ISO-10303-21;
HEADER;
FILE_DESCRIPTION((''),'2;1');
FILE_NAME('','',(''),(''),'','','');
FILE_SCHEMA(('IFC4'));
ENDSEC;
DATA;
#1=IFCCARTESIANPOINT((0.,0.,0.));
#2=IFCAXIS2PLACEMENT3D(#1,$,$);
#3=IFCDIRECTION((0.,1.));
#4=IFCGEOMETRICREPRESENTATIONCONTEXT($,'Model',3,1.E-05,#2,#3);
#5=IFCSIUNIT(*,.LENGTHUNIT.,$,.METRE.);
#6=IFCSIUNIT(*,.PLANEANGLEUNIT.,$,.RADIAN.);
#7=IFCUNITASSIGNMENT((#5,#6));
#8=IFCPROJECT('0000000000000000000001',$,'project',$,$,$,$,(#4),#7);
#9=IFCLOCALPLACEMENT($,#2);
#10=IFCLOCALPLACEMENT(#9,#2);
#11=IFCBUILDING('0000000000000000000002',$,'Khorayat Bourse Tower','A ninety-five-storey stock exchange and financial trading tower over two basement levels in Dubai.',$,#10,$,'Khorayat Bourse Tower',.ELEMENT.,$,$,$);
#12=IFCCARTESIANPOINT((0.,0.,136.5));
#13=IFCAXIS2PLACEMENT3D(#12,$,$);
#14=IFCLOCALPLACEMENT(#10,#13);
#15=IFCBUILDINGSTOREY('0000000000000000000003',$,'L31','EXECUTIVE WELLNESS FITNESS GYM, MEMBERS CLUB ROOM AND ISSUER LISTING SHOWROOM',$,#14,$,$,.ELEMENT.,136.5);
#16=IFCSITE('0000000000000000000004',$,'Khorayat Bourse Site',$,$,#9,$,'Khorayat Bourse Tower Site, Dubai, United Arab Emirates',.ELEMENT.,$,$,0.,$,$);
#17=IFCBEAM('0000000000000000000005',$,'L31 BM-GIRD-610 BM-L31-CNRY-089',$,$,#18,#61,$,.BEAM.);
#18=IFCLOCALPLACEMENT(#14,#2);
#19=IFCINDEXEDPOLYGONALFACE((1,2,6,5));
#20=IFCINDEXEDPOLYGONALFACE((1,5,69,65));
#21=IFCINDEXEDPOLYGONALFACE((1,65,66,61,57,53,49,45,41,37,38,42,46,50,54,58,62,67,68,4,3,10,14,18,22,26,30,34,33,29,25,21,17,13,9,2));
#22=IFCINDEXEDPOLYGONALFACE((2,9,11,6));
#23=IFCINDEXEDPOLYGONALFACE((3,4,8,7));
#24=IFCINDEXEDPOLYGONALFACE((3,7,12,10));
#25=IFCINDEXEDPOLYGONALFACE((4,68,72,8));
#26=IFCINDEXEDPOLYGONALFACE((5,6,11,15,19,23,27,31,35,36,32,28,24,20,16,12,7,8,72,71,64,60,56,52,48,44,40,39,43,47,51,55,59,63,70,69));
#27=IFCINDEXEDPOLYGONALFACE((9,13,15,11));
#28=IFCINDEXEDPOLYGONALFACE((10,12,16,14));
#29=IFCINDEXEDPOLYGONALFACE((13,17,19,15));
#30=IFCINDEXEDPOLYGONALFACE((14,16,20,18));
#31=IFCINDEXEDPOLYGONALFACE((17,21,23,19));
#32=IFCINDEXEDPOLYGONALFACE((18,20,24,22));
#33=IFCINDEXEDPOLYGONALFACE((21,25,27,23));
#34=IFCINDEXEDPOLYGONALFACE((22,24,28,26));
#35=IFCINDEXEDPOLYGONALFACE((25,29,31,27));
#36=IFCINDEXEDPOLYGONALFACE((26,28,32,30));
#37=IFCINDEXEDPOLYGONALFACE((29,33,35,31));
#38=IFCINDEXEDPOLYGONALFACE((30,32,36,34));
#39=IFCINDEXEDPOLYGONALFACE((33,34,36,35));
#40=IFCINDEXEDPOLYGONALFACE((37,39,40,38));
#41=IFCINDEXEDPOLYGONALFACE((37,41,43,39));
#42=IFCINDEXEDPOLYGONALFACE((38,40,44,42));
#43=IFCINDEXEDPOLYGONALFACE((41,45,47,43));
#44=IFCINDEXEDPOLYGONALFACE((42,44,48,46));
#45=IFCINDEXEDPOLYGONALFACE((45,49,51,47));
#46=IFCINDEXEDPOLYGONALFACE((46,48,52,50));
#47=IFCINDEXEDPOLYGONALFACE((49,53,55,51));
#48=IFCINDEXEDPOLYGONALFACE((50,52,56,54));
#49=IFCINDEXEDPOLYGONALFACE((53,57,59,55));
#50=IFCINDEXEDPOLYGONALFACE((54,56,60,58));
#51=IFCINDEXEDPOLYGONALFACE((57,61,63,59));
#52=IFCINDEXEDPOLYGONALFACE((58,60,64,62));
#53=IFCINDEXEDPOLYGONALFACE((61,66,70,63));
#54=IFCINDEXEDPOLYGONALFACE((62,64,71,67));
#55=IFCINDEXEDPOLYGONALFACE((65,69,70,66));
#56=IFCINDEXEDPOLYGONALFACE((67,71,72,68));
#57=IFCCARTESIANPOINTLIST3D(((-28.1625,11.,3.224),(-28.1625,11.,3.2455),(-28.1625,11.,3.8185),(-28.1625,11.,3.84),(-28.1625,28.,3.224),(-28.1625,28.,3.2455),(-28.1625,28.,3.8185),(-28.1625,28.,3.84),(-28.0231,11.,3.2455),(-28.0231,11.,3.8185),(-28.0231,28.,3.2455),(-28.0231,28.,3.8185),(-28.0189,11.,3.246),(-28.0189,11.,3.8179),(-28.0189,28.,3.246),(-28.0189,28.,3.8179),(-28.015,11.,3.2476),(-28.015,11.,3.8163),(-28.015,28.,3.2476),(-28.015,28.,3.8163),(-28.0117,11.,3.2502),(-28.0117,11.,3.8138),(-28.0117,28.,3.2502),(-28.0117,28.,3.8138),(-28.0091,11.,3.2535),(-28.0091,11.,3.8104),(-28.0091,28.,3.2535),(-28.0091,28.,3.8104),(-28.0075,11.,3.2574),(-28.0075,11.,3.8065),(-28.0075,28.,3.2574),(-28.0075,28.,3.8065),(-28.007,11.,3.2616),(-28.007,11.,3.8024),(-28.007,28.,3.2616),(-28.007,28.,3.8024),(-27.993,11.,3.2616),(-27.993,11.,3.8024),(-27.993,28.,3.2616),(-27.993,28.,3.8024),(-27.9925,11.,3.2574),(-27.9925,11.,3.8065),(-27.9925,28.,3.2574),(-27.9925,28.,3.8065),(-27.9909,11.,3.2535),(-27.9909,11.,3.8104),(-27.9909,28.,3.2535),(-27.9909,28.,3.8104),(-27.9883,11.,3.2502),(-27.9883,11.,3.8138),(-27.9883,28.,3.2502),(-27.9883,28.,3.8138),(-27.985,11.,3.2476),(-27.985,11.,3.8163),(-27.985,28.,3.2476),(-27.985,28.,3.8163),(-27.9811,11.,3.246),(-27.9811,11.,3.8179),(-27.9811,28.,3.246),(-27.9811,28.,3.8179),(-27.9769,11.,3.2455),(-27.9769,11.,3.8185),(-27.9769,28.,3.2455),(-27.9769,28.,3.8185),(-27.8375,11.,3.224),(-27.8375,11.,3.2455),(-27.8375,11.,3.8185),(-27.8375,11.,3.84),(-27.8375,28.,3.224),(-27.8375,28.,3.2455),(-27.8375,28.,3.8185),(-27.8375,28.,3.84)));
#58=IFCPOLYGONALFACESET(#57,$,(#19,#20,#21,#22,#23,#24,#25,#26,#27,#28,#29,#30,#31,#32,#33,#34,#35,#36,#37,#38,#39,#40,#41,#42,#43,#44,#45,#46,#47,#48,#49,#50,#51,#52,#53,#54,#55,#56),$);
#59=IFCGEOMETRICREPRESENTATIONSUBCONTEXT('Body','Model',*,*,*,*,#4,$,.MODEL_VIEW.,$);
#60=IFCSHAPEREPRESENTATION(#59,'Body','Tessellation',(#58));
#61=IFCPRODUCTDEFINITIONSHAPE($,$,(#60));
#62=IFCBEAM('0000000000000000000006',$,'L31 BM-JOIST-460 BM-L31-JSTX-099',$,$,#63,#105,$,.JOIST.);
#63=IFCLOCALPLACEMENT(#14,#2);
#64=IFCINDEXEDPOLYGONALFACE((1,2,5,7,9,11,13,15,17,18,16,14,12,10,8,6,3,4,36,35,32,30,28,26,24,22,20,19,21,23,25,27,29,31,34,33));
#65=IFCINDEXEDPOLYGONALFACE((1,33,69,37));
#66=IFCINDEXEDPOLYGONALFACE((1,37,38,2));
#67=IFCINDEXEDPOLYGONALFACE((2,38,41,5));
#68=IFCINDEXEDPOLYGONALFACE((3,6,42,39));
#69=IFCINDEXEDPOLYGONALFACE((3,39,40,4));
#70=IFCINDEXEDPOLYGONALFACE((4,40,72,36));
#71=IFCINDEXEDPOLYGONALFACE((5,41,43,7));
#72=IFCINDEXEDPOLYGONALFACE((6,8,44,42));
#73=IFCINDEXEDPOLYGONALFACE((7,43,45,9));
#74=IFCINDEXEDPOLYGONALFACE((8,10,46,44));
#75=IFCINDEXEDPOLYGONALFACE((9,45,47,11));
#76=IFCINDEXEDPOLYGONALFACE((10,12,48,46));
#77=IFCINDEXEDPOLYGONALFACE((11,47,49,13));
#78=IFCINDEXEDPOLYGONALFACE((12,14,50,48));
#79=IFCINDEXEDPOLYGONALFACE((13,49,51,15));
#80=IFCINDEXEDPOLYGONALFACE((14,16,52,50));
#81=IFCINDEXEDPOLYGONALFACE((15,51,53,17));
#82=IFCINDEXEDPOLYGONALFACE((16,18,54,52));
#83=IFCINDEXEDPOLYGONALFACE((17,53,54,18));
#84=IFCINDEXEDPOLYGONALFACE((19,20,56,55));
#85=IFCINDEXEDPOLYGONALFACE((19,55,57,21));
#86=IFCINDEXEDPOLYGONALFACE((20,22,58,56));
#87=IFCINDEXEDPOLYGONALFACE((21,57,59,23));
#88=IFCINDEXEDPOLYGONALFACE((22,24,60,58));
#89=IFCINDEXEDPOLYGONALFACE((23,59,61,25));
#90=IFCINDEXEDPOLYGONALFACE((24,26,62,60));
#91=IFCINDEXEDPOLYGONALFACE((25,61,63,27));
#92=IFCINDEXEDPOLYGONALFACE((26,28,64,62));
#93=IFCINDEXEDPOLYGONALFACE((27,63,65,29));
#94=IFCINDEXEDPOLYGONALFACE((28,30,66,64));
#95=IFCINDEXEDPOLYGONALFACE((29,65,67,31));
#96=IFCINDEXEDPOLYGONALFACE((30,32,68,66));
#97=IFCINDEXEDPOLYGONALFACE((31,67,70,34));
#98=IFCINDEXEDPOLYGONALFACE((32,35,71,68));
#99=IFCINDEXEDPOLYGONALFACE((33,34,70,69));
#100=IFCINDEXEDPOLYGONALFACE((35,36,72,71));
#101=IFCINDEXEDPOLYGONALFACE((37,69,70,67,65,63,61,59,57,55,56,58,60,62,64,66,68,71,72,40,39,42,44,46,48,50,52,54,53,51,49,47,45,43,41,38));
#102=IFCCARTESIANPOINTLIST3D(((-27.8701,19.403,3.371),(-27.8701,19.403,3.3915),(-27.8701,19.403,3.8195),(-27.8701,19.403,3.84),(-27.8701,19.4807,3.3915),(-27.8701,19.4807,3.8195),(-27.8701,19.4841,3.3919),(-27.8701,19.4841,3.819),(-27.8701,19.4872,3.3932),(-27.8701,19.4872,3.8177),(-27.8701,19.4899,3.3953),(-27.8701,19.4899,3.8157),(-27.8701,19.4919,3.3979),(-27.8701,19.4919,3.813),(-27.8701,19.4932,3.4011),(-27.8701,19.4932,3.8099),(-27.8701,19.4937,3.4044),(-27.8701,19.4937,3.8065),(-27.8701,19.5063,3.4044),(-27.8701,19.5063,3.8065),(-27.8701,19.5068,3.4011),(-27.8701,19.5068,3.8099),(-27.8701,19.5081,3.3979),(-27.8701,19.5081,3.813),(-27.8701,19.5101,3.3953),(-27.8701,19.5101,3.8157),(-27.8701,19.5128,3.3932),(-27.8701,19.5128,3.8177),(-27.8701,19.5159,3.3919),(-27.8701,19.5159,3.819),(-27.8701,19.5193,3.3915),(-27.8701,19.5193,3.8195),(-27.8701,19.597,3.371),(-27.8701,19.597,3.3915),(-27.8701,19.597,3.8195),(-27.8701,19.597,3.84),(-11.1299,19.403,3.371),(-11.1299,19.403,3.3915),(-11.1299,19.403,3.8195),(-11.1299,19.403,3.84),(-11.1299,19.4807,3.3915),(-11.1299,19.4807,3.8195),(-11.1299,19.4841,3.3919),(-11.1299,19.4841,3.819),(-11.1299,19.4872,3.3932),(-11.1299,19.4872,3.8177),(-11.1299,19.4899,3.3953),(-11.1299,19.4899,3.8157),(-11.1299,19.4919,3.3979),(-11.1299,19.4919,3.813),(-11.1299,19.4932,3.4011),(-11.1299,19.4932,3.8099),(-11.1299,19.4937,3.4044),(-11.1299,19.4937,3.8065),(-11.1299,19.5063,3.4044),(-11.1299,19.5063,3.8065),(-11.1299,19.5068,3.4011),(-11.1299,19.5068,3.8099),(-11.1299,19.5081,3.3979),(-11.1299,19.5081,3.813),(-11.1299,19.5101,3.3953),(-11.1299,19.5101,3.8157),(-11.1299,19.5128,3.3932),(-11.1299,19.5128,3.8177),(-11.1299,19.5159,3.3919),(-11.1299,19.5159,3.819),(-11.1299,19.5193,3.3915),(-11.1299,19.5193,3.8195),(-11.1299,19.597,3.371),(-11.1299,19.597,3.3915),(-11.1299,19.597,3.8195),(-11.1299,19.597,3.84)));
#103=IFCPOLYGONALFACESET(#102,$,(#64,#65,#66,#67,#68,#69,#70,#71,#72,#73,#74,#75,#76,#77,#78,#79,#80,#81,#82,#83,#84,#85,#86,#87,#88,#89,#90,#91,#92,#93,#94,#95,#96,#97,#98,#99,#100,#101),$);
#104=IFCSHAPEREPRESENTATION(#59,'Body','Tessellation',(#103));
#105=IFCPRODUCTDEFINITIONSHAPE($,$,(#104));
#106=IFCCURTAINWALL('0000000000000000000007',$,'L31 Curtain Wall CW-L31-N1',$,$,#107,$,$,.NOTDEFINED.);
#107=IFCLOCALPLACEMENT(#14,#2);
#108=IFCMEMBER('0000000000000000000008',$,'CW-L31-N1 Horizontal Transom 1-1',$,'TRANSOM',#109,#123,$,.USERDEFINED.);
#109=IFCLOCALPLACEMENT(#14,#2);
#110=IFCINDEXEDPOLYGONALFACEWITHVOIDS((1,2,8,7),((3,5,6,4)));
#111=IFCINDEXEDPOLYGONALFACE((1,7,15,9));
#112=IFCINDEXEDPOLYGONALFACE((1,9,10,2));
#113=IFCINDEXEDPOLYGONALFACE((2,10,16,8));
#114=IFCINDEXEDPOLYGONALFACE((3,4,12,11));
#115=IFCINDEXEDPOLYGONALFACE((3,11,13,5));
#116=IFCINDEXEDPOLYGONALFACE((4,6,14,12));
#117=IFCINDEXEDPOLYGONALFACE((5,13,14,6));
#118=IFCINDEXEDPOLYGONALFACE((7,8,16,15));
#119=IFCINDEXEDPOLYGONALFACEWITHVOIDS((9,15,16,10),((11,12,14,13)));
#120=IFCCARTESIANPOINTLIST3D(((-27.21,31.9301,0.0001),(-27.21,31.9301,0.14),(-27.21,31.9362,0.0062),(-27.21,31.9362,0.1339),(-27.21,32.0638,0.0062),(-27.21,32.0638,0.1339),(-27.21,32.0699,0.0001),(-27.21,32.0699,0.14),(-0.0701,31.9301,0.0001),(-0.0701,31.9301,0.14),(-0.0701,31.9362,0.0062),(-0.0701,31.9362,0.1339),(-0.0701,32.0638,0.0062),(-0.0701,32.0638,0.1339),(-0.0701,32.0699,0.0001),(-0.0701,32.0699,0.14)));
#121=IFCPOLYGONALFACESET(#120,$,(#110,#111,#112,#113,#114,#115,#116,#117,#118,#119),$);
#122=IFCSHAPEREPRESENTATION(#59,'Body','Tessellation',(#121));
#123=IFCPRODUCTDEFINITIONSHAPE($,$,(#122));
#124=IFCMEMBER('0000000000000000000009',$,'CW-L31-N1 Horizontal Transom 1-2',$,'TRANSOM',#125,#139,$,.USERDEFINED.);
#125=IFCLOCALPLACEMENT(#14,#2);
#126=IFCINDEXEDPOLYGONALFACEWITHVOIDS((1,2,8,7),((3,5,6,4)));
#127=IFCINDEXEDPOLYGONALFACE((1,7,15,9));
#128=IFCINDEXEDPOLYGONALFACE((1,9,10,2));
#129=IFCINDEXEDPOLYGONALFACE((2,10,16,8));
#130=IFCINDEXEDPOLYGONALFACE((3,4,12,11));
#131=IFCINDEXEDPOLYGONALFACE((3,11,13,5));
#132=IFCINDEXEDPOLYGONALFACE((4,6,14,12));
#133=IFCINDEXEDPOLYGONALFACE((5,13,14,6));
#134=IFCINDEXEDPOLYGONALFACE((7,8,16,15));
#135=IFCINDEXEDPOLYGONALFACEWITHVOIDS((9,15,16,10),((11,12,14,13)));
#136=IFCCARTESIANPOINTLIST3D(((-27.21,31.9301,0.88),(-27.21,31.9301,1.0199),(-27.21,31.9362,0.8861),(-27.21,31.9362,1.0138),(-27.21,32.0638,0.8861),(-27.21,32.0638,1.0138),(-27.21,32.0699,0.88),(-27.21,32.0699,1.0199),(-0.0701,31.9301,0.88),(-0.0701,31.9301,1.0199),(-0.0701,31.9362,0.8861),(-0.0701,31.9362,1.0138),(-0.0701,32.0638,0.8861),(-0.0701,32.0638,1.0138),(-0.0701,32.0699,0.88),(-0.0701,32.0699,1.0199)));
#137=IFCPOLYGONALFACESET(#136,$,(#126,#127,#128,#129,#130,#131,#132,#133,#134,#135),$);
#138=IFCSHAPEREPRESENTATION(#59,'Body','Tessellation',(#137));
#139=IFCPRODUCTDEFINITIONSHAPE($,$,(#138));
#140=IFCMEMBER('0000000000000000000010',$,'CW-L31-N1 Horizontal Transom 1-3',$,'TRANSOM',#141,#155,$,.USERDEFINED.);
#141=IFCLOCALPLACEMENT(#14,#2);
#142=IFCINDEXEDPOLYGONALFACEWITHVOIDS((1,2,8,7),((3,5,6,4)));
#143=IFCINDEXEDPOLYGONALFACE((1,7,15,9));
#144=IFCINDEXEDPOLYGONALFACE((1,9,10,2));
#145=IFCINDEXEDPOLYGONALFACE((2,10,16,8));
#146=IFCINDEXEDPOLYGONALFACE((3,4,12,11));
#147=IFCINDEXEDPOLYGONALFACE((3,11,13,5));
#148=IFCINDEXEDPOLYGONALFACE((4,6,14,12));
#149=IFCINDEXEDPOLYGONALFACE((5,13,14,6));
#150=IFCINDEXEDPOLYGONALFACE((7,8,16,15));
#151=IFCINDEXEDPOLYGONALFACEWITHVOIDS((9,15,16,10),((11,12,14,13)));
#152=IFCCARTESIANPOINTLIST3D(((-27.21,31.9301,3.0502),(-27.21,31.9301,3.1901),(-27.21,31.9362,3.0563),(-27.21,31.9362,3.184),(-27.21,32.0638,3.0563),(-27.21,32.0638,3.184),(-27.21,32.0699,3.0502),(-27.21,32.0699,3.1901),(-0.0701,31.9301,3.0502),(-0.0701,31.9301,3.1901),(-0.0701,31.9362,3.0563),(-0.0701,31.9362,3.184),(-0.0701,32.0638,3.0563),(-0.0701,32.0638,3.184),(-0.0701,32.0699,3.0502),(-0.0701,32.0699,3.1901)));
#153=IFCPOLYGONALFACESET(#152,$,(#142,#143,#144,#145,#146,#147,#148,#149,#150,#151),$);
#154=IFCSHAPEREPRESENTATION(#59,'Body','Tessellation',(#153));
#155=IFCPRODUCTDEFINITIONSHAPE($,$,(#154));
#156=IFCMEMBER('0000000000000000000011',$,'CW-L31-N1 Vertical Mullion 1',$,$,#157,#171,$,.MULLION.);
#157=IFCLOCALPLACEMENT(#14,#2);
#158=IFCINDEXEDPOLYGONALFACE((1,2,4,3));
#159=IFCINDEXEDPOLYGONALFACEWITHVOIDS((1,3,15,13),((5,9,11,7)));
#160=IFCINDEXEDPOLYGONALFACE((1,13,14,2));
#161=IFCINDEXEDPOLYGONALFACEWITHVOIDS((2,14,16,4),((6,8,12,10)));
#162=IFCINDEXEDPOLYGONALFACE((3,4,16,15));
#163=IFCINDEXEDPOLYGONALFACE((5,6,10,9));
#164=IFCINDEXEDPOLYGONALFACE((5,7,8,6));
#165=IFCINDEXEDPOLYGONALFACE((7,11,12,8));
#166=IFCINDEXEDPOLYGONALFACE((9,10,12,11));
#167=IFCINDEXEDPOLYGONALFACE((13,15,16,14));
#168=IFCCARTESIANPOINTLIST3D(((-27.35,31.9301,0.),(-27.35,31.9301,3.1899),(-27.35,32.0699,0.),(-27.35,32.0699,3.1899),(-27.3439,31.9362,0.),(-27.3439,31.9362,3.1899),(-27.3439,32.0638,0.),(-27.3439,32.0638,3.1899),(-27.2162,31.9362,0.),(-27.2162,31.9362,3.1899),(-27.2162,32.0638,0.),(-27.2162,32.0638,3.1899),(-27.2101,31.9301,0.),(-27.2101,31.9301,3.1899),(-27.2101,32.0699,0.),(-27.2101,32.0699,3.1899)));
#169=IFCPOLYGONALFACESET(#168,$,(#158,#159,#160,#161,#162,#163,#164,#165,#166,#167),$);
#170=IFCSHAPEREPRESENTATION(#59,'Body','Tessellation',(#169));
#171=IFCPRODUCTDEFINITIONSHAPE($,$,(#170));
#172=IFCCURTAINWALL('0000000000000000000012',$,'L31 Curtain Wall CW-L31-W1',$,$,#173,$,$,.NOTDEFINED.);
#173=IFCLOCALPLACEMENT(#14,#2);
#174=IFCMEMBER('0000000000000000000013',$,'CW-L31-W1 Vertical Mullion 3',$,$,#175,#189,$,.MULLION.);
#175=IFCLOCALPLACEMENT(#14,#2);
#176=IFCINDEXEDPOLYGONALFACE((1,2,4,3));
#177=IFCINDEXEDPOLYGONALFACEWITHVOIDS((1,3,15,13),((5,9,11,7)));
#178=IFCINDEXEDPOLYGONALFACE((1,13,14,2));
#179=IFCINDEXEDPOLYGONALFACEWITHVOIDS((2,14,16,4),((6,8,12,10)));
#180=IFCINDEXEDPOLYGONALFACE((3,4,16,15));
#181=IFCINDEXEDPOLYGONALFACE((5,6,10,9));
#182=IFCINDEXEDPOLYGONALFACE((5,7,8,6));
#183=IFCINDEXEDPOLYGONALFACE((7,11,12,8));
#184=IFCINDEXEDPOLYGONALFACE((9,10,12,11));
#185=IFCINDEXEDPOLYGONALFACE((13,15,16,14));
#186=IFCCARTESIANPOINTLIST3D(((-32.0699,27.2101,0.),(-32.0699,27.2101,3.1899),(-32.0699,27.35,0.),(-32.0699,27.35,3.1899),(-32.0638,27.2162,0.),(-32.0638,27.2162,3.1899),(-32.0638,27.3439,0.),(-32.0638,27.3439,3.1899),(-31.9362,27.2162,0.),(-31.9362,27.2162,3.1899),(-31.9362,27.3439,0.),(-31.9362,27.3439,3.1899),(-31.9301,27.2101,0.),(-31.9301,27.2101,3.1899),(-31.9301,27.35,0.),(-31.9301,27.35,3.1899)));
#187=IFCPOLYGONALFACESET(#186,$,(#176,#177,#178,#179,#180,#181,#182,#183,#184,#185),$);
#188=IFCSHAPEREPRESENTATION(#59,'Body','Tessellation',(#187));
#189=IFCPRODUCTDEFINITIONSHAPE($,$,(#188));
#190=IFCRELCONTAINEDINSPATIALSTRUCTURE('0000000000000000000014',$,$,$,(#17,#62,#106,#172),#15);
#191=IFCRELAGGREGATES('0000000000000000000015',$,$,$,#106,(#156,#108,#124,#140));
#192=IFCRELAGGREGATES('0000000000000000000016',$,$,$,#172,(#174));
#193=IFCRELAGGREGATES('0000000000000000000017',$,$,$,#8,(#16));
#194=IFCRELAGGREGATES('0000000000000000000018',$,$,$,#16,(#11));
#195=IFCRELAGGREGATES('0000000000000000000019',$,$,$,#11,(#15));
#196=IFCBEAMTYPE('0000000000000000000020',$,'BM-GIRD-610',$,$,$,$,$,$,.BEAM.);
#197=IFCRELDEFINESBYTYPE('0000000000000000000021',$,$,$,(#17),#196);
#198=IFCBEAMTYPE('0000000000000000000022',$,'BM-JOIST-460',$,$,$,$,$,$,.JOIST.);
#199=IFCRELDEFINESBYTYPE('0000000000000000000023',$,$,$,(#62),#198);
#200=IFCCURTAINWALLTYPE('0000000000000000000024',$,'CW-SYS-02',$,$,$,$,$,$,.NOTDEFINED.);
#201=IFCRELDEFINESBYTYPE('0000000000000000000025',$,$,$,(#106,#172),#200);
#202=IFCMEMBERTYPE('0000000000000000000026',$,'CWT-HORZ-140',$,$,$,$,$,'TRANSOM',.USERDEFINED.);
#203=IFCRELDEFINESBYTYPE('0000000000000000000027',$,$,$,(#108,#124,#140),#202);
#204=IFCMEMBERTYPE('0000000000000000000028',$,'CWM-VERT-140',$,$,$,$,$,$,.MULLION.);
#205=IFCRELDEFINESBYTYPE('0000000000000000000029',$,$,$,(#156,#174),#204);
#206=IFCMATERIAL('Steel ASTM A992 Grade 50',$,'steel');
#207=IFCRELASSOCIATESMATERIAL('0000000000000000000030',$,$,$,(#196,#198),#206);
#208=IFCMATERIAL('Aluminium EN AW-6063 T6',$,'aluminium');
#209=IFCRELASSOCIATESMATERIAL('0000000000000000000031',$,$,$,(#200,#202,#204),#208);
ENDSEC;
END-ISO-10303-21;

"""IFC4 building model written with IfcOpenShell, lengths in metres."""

from ifc_helpers import new_model, si_unit, direction, frame, origin, origin_2d, place, context, subcontext, project, spatial, hollow_rectangle, i_section, extrude, source, transform, mapped, material, material_profile, profile_set, type_object, element, aggregate, save


model = new_model("IFC4")

# Units and contexts
model_context = context("Model", 3, precision=1e-05, world=origin(), true_north=direction((0.0, 1.0)))
body_context = subcontext(model_context, "Body", "Model", "MODEL_VIEW")
ifc_project = project(units=[si_unit("LENGTHUNIT", "METRE"), si_unit("PLANEANGLEUNIT", "RADIAN")], contexts=[model_context])

# Site, building, storey
site_placement = place(None, origin())
site = spatial("IfcSite", under=ifc_project, at=site_placement, Name="Khorayat Bourse Site", LongName="Khorayat Bourse Tower Site, Dubai, United Arab Emirates", CompositionType="ELEMENT", RefElevation=0.0)
building_placement = place(site_placement, origin())
building = spatial("IfcBuilding", under=site, at=building_placement, Name="Khorayat Bourse Tower", Description="A ninety-five-storey stock exchange and financial trading tower over two basement levels in Dubai.", LongName="Khorayat Bourse Tower", CompositionType="ELEMENT")
storey_placement = place(building_placement, frame((0.0, 0.0, 136.5)))
storey = spatial("IfcBuildingStorey", under=building, at=storey_placement, Name="L31", Description="EXECUTIVE WELLNESS FITNESS GYM, MEMBERS CLUB ROOM AND ISSUER LISTING SHOWROOM", CompositionType="ELEMENT", Elevation=136.5)

# Beams
ifc_material_1 = material(Name="Steel ASTM A992 Grade 50", Category="steel")
ifc_material_profile_1 = material_profile(ifc_material_1, i_section(OverallWidth=0.325, OverallDepth=0.616, WebThickness=0.0139, FlangeThickness=0.0215, FilletRadius=0.0161, at=origin_2d()), Name="W610X174")
ifc_profile_set_1 = profile_set([ifc_material_profile_1], Name="Steel ASTM A992 Grade 50")
beam_type_1 = type_object("IfcBeamType", Name="BM-GIRD-610", PredefinedType="BEAM", material=ifc_profile_set_1)
shared_shape_1 = source(origin(), body_context, "Body", "SweptSolid", [
    extrude(i_section(OverallWidth=0.325, OverallDepth=0.616, WebThickness=0.0139, FlangeThickness=0.0215, FilletRadius=0.0161, at=origin_2d()), origin(), (0.0, 0.0, 1.0), 17.0),
])
beam_1_placement = place(storey_placement, frame((-28.0, 11.0, 3.532), z_axis=(0.0, 1.0, 0.0), x_axis=(-1.0, 0.0, 0.0)))
element("IfcBeam", 1, at=beam_1_placement, inside=storey, type_object=beam_type_1, Name="L31 BM-GIRD-610 BM-L31-CNRY-089", PredefinedType="BEAM", context=body_context, shape_type="MappedRepresentation", body=[
    mapped(shared_shape_1, transform((0.0, 0.0, 0.0), scale=1.0)),
])
ifc_material_profile_2 = material_profile(ifc_material_1, i_section(OverallWidth=0.1941, OverallDepth=0.469, WebThickness=0.0127, FlangeThickness=0.0205, FilletRadius=0.0129, at=origin_2d()), Name="W460X106")
ifc_profile_set_2 = profile_set([ifc_material_profile_2], Name="Steel ASTM A992 Grade 50")
beam_type_2 = type_object("IfcBeamType", Name="BM-JOIST-460", PredefinedType="JOIST", material=ifc_profile_set_2)
shared_shape_2 = source(origin(), body_context, "Body", "SweptSolid", [
    extrude(i_section(OverallWidth=0.1941, OverallDepth=0.469, WebThickness=0.0127, FlangeThickness=0.0205, FilletRadius=0.0129, at=origin_2d()), origin(), (0.0, 0.0, 1.0), 16.7402),
])
beam_2_placement = place(storey_placement, frame((-27.8701, 19.5, 3.6055), z_axis=(1.0, 0.0, 0.0), x_axis=(0.0, 1.0, 0.0)))
element("IfcBeam", 2, at=beam_2_placement, inside=storey, type_object=beam_type_2, Name="L31 BM-JOIST-460 BM-L31-JSTX-099", PredefinedType="JOIST", context=body_context, shape_type="MappedRepresentation", body=[
    mapped(shared_shape_2, transform((0.0, 0.0, 0.0), scale=1.0)),
])

# Curtain wall, members
ifc_material_2 = material(Name="Aluminium EN AW-6063 T6", Category="aluminium")
curtain_wall_type = type_object("IfcCurtainWallType", Name="CW-SYS-02", PredefinedType="NOTDEFINED", material=ifc_material_2)
curtain_wall_1_placement = place(storey_placement, origin())
curtain_wall_1 = element("IfcCurtainWall", 3, at=curtain_wall_1_placement, inside=storey, type_object=curtain_wall_type, Name="L31 Curtain Wall CW-L31-N1", PredefinedType="NOTDEFINED")
ifc_material_profile_3 = material_profile(ifc_material_2, hollow_rectangle(XDim=0.1399, YDim=0.1399, WallThickness=0.0061, at=origin_2d()), Name="ALU 140x140x6")
ifc_profile_set_3 = profile_set([ifc_material_profile_3], Name="Aluminium EN AW-6063 T6")
member_type_1 = type_object("IfcMemberType", Name="CWT-HORZ-140", ElementType="TRANSOM", PredefinedType="USERDEFINED", material=ifc_profile_set_3)
shared_shape_3 = source(origin(), body_context, "Body", "SweptSolid", [
    extrude(hollow_rectangle(XDim=0.1399, YDim=0.1399, WallThickness=0.0061, at=origin_2d()), origin(), (0.0, 0.0, 1.0), 27.1399),
])
member_1_placement = place(storey_placement, frame((-27.21, 32.0, 0.0701), z_axis=(1.0, 0.0, 0.0), x_axis=(0.0, 1.0, 0.0)))
member_1 = element("IfcMember", 4, at=member_1_placement, type_object=member_type_1, Name="CW-L31-N1 Horizontal Transom 1-1", ObjectType="TRANSOM", PredefinedType="USERDEFINED", context=body_context, shape_type="MappedRepresentation", body=[
    mapped(shared_shape_3, transform((0.0, 0.0, 0.0), scale=1.0)),
])
member_2_placement = place(storey_placement, frame((-27.21, 32.0, 0.95), z_axis=(1.0, 0.0, 0.0), x_axis=(0.0, 1.0, 0.0)))
member_2 = element("IfcMember", 5, at=member_2_placement, type_object=member_type_1, Name="CW-L31-N1 Horizontal Transom 1-2", ObjectType="TRANSOM", PredefinedType="USERDEFINED", context=body_context, shape_type="MappedRepresentation", body=[
    mapped(shared_shape_3, transform((0.0, 0.0, 0.0), scale=1.0)),
])
member_3_placement = place(storey_placement, frame((-27.21, 32.0, 3.1201), z_axis=(1.0, 0.0, 0.0), x_axis=(0.0, 1.0, 0.0)))
member_3 = element("IfcMember", 6, at=member_3_placement, type_object=member_type_1, Name="CW-L31-N1 Horizontal Transom 1-3", ObjectType="TRANSOM", PredefinedType="USERDEFINED", context=body_context, shape_type="MappedRepresentation", body=[
    mapped(shared_shape_3, transform((0.0, 0.0, 0.0), scale=1.0)),
])
ifc_material_profile_4 = material_profile(ifc_material_2, hollow_rectangle(XDim=0.1399, YDim=0.1399, WallThickness=0.0061, at=origin_2d()), Name="ALU 140x140x6")
ifc_profile_set_4 = profile_set([ifc_material_profile_4], Name="Aluminium EN AW-6063 T6")
member_type_2 = type_object("IfcMemberType", Name="CWM-VERT-140", PredefinedType="MULLION", material=ifc_profile_set_4)
shared_shape_4 = source(origin(), body_context, "Body", "SweptSolid", [
    extrude(hollow_rectangle(XDim=0.1399, YDim=0.1399, WallThickness=0.0061, at=origin_2d()), origin(), (0.0, 0.0, 1.0), 3.1899),
])
member_4_placement = place(storey_placement, frame((-27.28, 32.0, 0.0), z_axis=(0.0, 0.0, 1.0), x_axis=(0.0, 1.0, 0.0)))
member_4 = element("IfcMember", 7, at=member_4_placement, type_object=member_type_2, Name="CW-L31-N1 Vertical Mullion 1", PredefinedType="MULLION", context=body_context, shape_type="MappedRepresentation", body=[
    mapped(shared_shape_4, transform((0.0, 0.0, 0.0), scale=1.0)),
])
aggregate(curtain_wall_1, [member_4, member_1, member_2, member_3])

# Curtain wall, member
curtain_wall_2_placement = place(storey_placement, origin())
curtain_wall_2 = element("IfcCurtainWall", 8, at=curtain_wall_2_placement, inside=storey, type_object=curtain_wall_type, Name="L31 Curtain Wall CW-L31-W1", PredefinedType="NOTDEFINED")
member_5_placement = place(storey_placement, frame((-32.0, 27.28, 0.0), z_axis=(0.0, 0.0, 1.0), x_axis=(-1.0, 0.0, 0.0)))
member_5 = element("IfcMember", 9, at=member_5_placement, type_object=member_type_2, Name="CW-L31-W1 Vertical Mullion 3", PredefinedType="MULLION", context=body_context, shape_type="MappedRepresentation", body=[
    mapped(shared_shape_4, transform((0.0, 0.0, 0.0), scale=1.0)),
])
aggregate(curtain_wall_2, [member_5])

save(model, "model.ifc")
